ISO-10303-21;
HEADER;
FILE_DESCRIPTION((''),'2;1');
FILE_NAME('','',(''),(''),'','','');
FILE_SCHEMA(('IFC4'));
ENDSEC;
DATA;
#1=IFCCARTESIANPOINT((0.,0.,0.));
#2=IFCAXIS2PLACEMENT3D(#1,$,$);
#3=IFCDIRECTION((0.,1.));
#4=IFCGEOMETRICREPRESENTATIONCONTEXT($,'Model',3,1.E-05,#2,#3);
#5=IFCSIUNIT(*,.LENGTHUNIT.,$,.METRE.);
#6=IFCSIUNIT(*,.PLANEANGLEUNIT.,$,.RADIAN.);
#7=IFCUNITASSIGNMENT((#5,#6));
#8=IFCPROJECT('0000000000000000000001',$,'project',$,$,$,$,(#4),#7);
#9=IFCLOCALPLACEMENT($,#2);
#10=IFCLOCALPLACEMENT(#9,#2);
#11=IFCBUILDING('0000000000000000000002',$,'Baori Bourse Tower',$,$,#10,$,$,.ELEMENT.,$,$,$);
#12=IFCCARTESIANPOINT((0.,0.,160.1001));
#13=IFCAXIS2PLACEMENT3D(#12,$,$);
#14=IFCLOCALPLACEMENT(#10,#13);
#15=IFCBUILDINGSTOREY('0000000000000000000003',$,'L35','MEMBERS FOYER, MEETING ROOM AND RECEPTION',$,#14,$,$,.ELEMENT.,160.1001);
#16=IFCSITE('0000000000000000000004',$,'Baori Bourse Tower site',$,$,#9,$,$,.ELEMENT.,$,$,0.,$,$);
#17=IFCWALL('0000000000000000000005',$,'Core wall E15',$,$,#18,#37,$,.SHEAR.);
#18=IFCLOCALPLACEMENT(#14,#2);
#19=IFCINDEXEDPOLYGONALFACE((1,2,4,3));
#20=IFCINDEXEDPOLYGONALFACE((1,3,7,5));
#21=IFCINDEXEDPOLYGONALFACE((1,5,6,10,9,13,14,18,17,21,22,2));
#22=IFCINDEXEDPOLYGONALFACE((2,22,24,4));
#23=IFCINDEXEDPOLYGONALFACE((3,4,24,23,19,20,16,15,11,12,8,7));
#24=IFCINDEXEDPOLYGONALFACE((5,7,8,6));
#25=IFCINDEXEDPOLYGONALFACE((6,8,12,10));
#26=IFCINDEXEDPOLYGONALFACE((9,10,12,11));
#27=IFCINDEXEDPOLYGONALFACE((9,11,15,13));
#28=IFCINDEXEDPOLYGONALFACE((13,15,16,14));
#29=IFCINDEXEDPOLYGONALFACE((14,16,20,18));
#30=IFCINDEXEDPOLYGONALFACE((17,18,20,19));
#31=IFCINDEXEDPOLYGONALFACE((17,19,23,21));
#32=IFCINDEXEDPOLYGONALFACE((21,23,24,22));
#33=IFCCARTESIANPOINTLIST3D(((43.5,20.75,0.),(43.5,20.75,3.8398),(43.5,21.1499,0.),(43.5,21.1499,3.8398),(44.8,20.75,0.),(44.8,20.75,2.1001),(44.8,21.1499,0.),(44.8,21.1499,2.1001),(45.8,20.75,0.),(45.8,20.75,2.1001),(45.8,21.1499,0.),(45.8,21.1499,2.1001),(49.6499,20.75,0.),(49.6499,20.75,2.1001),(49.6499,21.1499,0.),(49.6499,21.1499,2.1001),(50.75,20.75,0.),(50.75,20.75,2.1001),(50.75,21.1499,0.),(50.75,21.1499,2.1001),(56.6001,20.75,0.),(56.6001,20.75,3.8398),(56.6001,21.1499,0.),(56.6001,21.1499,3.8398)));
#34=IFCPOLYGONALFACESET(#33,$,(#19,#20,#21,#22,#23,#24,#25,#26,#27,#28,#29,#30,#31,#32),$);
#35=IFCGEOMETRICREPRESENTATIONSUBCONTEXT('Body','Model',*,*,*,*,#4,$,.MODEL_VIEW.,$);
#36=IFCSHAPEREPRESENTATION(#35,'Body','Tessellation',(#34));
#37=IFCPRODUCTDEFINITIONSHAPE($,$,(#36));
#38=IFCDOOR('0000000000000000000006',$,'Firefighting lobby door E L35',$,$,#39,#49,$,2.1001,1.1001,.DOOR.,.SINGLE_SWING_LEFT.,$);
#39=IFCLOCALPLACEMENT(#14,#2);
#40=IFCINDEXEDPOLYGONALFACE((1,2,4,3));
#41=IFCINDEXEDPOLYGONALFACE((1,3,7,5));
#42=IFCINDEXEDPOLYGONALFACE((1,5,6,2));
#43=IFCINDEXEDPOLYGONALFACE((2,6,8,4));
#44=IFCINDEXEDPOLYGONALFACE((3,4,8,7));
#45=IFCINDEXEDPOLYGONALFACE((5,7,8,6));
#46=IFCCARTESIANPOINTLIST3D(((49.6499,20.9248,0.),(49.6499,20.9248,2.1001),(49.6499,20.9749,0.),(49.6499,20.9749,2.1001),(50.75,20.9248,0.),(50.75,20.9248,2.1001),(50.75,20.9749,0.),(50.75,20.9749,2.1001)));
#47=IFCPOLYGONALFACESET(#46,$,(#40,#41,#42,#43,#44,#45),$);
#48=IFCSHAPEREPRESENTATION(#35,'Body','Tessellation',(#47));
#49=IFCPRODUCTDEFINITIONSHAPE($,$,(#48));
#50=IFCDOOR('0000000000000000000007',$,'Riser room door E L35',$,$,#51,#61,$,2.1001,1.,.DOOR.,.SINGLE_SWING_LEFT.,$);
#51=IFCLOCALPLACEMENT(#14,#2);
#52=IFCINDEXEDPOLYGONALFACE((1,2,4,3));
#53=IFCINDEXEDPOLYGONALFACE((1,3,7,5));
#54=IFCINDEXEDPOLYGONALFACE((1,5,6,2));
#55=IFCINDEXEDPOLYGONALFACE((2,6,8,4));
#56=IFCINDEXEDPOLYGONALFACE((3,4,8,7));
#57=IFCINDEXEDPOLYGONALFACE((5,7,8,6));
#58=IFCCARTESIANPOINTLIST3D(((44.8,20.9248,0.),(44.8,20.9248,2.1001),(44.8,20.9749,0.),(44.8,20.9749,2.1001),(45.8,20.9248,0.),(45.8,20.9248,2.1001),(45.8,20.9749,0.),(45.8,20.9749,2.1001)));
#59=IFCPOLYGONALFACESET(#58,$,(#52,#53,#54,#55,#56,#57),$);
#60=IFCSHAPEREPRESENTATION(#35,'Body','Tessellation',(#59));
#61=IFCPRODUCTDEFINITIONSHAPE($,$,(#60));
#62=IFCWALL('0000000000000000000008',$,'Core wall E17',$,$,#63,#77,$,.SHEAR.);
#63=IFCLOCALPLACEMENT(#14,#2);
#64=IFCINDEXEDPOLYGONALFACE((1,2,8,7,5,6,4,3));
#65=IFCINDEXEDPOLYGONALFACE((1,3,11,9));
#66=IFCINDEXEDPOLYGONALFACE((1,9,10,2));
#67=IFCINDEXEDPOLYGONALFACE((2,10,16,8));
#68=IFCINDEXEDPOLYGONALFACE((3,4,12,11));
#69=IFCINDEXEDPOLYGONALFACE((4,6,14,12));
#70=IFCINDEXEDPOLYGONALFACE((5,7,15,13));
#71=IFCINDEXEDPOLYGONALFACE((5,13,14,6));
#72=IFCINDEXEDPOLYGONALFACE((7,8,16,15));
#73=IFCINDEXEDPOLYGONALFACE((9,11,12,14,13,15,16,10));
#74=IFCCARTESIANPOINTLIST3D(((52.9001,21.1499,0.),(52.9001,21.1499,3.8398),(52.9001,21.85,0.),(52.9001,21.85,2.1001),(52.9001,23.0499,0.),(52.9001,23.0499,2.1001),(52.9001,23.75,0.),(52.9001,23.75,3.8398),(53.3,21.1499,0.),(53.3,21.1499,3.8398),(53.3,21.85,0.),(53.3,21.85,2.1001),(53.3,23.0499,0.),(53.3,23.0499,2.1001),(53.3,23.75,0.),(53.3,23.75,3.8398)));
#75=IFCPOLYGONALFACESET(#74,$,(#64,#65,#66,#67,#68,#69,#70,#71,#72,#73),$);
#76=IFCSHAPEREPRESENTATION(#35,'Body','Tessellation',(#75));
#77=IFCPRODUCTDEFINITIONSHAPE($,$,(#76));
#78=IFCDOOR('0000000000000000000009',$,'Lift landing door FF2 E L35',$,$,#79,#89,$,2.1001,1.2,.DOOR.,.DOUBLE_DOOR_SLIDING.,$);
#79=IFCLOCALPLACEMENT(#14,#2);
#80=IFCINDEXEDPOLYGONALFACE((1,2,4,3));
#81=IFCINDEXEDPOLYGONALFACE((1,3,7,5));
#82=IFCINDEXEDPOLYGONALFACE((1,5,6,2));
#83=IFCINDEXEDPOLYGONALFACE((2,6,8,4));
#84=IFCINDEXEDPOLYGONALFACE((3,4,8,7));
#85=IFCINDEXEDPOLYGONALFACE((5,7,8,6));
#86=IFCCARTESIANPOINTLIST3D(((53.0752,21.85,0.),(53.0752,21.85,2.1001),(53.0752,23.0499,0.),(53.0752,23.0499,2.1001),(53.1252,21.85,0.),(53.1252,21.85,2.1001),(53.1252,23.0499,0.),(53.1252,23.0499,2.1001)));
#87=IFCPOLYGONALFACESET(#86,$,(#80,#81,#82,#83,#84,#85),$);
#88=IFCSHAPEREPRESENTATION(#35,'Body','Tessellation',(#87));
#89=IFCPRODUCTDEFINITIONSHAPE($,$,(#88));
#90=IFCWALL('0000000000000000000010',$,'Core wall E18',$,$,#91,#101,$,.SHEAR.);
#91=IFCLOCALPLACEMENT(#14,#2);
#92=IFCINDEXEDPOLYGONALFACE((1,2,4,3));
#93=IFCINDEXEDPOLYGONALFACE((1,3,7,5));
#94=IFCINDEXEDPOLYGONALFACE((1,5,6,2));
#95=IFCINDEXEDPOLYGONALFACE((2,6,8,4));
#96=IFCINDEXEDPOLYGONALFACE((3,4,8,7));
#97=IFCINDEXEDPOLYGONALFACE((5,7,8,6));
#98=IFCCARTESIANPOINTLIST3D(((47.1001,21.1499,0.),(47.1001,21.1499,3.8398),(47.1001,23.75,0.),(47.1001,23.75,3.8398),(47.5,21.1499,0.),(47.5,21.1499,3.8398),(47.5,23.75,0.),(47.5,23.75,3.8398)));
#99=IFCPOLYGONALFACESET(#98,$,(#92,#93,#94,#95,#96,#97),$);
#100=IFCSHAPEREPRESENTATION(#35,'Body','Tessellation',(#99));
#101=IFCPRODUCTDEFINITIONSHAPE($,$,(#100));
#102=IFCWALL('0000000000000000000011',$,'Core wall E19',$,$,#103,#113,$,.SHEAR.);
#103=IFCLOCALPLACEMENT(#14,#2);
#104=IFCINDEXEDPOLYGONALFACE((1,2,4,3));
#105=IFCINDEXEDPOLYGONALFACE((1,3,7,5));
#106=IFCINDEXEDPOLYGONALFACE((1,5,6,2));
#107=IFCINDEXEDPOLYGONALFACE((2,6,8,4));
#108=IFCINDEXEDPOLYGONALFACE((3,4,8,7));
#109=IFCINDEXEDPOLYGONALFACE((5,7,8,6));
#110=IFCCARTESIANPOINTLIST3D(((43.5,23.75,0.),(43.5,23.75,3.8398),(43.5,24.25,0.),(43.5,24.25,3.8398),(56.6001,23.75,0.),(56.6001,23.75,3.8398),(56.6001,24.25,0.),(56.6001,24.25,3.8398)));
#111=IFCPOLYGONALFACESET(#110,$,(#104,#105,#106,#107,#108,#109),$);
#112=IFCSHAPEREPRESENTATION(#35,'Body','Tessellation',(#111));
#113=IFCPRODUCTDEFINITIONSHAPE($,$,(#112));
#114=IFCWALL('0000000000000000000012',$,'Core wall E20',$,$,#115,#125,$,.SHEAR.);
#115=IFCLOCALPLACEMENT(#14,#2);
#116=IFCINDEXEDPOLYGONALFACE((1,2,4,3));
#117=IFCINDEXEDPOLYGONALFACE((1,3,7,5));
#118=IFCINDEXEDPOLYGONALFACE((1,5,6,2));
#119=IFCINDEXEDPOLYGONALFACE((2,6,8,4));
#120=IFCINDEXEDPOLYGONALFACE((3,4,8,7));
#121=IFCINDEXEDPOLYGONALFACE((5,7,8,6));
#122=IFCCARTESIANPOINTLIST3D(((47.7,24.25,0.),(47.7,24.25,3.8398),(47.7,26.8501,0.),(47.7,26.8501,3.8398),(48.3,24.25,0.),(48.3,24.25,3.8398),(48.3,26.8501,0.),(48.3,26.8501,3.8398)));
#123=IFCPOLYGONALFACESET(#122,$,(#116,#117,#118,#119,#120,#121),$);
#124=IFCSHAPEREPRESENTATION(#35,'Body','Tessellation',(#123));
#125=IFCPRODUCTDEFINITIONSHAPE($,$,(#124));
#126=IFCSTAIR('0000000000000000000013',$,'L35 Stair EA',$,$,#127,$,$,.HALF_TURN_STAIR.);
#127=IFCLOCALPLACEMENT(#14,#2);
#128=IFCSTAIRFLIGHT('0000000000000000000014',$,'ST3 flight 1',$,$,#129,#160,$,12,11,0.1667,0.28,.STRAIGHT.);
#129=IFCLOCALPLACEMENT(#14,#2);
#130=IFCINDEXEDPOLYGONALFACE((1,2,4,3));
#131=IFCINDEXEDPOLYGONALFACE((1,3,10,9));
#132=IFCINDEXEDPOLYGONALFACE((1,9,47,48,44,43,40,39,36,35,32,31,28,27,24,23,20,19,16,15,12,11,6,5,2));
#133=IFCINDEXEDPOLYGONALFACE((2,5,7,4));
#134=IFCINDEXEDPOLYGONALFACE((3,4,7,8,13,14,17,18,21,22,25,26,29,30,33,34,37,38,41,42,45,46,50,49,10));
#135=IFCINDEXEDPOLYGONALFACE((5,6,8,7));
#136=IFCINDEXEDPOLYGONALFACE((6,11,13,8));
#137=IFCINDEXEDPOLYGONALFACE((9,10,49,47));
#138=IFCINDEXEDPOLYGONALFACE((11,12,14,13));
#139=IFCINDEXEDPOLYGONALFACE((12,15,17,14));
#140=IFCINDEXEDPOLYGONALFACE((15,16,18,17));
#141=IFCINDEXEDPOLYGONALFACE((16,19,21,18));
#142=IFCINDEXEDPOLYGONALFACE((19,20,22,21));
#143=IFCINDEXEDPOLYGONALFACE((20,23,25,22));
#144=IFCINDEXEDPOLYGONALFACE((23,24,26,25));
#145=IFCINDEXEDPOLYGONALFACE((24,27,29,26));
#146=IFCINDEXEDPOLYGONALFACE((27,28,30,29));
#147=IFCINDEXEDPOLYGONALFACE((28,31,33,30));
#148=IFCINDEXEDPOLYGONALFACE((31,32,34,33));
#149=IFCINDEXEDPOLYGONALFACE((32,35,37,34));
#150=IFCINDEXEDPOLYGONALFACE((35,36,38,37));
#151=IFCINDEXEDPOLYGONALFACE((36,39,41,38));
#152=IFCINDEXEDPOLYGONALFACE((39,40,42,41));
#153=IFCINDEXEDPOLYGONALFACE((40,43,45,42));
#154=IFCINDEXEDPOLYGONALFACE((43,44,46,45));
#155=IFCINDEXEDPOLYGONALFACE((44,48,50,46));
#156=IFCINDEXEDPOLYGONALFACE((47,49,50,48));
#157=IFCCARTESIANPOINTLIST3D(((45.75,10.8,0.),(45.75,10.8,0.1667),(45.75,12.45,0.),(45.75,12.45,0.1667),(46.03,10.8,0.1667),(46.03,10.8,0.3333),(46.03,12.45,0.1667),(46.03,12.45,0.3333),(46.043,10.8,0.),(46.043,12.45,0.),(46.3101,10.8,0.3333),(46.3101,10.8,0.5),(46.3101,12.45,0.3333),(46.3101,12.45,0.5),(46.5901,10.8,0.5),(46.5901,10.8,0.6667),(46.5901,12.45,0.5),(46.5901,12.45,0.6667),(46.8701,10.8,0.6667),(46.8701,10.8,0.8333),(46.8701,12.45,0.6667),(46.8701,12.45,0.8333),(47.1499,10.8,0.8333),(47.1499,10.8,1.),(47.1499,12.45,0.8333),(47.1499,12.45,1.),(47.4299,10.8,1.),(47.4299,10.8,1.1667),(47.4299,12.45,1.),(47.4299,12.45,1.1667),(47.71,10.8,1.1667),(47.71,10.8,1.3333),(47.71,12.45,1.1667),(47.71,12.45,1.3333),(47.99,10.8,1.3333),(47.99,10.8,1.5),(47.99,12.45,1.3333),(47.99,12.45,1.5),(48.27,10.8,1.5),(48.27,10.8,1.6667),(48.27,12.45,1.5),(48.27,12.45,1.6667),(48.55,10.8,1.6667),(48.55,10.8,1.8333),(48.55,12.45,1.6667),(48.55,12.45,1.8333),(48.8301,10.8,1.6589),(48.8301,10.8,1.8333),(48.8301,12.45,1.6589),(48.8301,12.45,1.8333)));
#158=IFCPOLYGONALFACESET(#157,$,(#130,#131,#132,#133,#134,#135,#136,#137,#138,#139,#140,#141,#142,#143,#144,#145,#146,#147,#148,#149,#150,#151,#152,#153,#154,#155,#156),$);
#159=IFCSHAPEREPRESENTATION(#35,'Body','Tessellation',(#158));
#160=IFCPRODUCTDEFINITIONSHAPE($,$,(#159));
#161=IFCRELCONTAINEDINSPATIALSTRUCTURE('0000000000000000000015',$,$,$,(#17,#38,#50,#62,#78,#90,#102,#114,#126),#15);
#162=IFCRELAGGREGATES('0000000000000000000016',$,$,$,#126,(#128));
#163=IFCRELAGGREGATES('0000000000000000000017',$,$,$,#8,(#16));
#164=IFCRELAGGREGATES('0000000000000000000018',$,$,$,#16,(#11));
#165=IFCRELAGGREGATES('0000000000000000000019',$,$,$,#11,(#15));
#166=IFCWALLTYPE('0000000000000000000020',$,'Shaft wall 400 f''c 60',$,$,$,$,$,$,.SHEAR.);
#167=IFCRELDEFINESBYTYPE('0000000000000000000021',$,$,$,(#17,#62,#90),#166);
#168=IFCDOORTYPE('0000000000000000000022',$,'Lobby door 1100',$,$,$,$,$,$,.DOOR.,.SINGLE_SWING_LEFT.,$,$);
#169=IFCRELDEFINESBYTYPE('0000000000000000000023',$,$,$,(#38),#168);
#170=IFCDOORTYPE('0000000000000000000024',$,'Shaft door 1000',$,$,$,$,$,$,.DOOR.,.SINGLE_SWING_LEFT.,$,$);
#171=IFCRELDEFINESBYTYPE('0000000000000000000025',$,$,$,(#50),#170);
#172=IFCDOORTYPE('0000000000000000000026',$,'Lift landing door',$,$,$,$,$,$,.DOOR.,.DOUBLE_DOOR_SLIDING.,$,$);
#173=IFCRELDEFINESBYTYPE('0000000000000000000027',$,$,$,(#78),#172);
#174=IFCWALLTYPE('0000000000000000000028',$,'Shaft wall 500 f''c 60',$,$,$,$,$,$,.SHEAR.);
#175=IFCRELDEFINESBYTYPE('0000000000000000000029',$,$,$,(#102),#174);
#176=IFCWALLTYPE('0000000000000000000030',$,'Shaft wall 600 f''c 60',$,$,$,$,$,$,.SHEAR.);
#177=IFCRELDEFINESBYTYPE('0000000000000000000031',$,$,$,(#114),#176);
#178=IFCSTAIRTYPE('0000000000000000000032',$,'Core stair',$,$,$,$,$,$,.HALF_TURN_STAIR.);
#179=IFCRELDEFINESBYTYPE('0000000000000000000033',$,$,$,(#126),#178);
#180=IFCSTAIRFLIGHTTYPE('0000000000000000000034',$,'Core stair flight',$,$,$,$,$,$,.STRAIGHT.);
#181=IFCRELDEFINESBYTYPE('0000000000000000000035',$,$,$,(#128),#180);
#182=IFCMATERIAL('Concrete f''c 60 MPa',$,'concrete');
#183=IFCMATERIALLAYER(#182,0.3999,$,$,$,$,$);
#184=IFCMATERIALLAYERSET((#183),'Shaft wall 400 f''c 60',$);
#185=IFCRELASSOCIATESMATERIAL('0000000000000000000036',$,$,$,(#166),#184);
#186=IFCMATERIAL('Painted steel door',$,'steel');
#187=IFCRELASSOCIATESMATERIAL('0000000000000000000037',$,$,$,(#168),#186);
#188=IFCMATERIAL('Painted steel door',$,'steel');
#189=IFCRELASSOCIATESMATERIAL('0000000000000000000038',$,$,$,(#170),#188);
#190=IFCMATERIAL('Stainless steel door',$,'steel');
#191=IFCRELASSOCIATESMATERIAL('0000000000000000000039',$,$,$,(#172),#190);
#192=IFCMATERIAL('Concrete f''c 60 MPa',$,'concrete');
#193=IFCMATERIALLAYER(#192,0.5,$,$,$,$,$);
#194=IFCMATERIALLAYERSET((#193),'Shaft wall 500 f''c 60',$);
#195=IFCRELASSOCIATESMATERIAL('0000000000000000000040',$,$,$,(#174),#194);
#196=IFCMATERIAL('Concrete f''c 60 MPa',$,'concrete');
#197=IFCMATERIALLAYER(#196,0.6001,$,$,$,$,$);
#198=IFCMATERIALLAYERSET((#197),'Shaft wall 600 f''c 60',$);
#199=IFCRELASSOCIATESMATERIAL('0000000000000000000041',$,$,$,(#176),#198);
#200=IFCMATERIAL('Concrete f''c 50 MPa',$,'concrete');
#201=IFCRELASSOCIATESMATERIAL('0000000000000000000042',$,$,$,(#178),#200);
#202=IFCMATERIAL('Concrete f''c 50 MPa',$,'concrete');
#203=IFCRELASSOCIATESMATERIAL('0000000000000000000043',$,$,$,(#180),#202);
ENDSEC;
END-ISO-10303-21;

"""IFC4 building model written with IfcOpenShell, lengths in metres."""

from ifc_helpers import new_model, si_unit, direction, frame, frame_2d, origin, place, context, subcontext, project, spatial, polyline, rectangle, outline, extrude, material, layer, layer_set, type_object, element, fill, aggregate, save


model = new_model("IFC4")

# Units and contexts
model_context = context("Model", 3, precision=1e-05, world=origin(), true_north=direction((0.0, 1.0)))
body_context = subcontext(model_context, "Body", "Model", "MODEL_VIEW")
ifc_project = project(units=[si_unit("LENGTHUNIT", "METRE"), si_unit("PLANEANGLEUNIT", "RADIAN")], contexts=[model_context])

# Site, building, storey
site_placement = place(None, origin())
site = spatial("IfcSite", under=ifc_project, at=site_placement, Name="Baori Bourse Tower site", CompositionType="ELEMENT", RefElevation=0.0)
building_placement = place(site_placement, origin())
building = spatial("IfcBuilding", under=site, at=building_placement, Name="Baori Bourse Tower", CompositionType="ELEMENT")
storey_placement = place(building_placement, frame((0.0, 0.0, 160.1001)))
storey = spatial("IfcBuildingStorey", under=building, at=storey_placement, Name="L35", Description="MEMBERS FOYER, MEETING ROOM AND RECEPTION", CompositionType="ELEMENT", Elevation=160.1001)

# Wall, openings, doors
ifc_material_1 = material(Name="Concrete f'c 60 MPa", Category="concrete")
ifc_layer_1 = layer(ifc_material_1, 0.3999)
ifc_layer_set_1 = layer_set([ifc_layer_1], Name="Shaft wall 400 f'c 60")
wall_type_1 = type_object("IfcWallType", Name="Shaft wall 400 f'c 60", PredefinedType="SHEAR", material=ifc_layer_set_1)
wall_1_placement = place(storey_placement, frame((43.5, 20.95, 0.0), z_axis=(0.0, 0.0, 1.0), x_axis=(1.0, 0.0, 0.0)))
wall_1 = element("IfcWall", 1, at=wall_1_placement, inside=storey, type_object=wall_type_1, Name="Core wall E15", PredefinedType="SHEAR", context=body_context, shape_type="SweptSolid", body=[
    extrude(rectangle(XDim=13.1001, YDim=0.3999, at=frame_2d((6.55, 0.0))), origin(), (0.0, 0.0, 1.0), 3.8398),
])
opening_1_placement = place(wall_1_placement, frame((6.1499, 0.0, 0.0)))
opening_1 = element("IfcOpeningElement", 2, at=opening_1_placement, cuts=wall_1, PredefinedType="OPENING", context=body_context, shape_type="SweptSolid", body=[
    extrude(rectangle(XDim=1.1001, YDim=2.1001, at=frame_2d((0.55, 1.05))), frame((0.0, 0.21, 0.0), z_axis=(0.0, -1.0, 0.0), x_axis=(1.0, 0.0, 0.0)), (0.0, 0.0, 1.0), 0.4199),
])
opening_2_placement = place(wall_1_placement, frame((1.3, 0.0, 0.0)))
opening_2 = element("IfcOpeningElement", 3, at=opening_2_placement, cuts=wall_1, PredefinedType="OPENING", context=body_context, shape_type="SweptSolid", body=[
    extrude(rectangle(XDim=1.0, YDim=2.1001, at=frame_2d((0.5, 1.05))), frame((0.0, 0.21, 0.0), z_axis=(0.0, -1.0, 0.0), x_axis=(1.0, 0.0, 0.0)), (0.0, 0.0, 1.0), 0.4199),
])
ifc_material_2 = material(Name="Painted steel door", Category="steel")
door_type_1 = type_object("IfcDoorType", Name="Lobby door 1100", OperationType="SINGLE_SWING_LEFT", PredefinedType="DOOR", material=ifc_material_2)
door_1_placement = place(opening_1_placement, origin())
door_1 = element("IfcDoor", 4, at=door_1_placement, inside=storey, type_object=door_type_1, Name="Firefighting lobby door E L35", OperationType="SINGLE_SWING_LEFT", OverallHeight=2.1001, OverallWidth=1.1001, PredefinedType="DOOR", context=body_context, shape_type="SweptSolid", body=[
    extrude(rectangle(XDim=1.1001, YDim=2.1001, at=frame_2d((0.55, 1.05))), frame((0.0, 0.0249, 0.0), z_axis=(0.0, -1.0, 0.0), x_axis=(1.0, 0.0, 0.0)), (0.0, 0.0, 1.0), 0.05),
])
fill(opening_1, door_1)
ifc_material_3 = material(Name="Painted steel door", Category="steel")
door_type_2 = type_object("IfcDoorType", Name="Shaft door 1000", OperationType="SINGLE_SWING_LEFT", PredefinedType="DOOR", material=ifc_material_3)
door_2_placement = place(opening_2_placement, origin())
door_2 = element("IfcDoor", 5, at=door_2_placement, inside=storey, type_object=door_type_2, Name="Riser room door E L35", OperationType="SINGLE_SWING_LEFT", OverallHeight=2.1001, OverallWidth=1.0, PredefinedType="DOOR", context=body_context, shape_type="SweptSolid", body=[
    extrude(rectangle(XDim=1.0, YDim=2.1001, at=frame_2d((0.5, 1.05))), frame((0.0, 0.0249, 0.0), z_axis=(0.0, -1.0, 0.0), x_axis=(1.0, 0.0, 0.0)), (0.0, 0.0, 1.0), 0.05),
])
fill(opening_2, door_2)

# Wall, opening, door
wall_2_placement = place(storey_placement, frame((53.1001, 21.1499, 0.0), z_axis=(0.0, 0.0, 1.0), x_axis=(0.0, 1.0, 0.0)))
wall_2 = element("IfcWall", 6, at=wall_2_placement, inside=storey, type_object=wall_type_1, Name="Core wall E17", PredefinedType="SHEAR", context=body_context, shape_type="SweptSolid", body=[
    extrude(rectangle(XDim=2.6001, YDim=0.3999, at=frame_2d((1.3, 0.0))), origin(), (0.0, 0.0, 1.0), 3.8398),
])
opening_3_placement = place(wall_2_placement, frame((0.7, 0.0, 0.0)))
opening_3 = element("IfcOpeningElement", 7, at=opening_3_placement, cuts=wall_2, PredefinedType="OPENING", context=body_context, shape_type="SweptSolid", body=[
    extrude(rectangle(XDim=1.2, YDim=2.1001, at=frame_2d((0.6001, 1.05))), frame((0.0, 0.21, 0.0), z_axis=(0.0, -1.0, 0.0), x_axis=(1.0, 0.0, 0.0)), (0.0, 0.0, 1.0), 0.4199),
])
ifc_material_4 = material(Name="Stainless steel door", Category="steel")
door_type_3 = type_object("IfcDoorType", Name="Lift landing door", OperationType="DOUBLE_DOOR_SLIDING", PredefinedType="DOOR", material=ifc_material_4)
door_3_placement = place(opening_3_placement, origin())
door_3 = element("IfcDoor", 8, at=door_3_placement, inside=storey, type_object=door_type_3, Name="Lift landing door FF2 E L35", OperationType="DOUBLE_DOOR_SLIDING", OverallHeight=2.1001, OverallWidth=1.2, PredefinedType="DOOR", context=body_context, shape_type="SweptSolid", body=[
    extrude(rectangle(XDim=1.2, YDim=2.1001, at=frame_2d((0.6001, 1.05))), frame((0.0, 0.0249, 0.0), z_axis=(0.0, -1.0, 0.0), x_axis=(1.0, 0.0, 0.0)), (0.0, 0.0, 1.0), 0.05),
])
fill(opening_3, door_3)

# Walls
wall_3_placement = place(storey_placement, frame((47.3, 21.1499, 0.0), z_axis=(0.0, 0.0, 1.0), x_axis=(0.0, 1.0, 0.0)))
element("IfcWall", 9, at=wall_3_placement, inside=storey, type_object=wall_type_1, Name="Core wall E18", PredefinedType="SHEAR", context=body_context, shape_type="SweptSolid", body=[
    extrude(rectangle(XDim=2.6001, YDim=0.3999, at=frame_2d((1.3, 0.0))), origin(), (0.0, 0.0, 1.0), 3.8398),
])
ifc_material_5 = material(Name="Concrete f'c 60 MPa", Category="concrete")
ifc_layer_2 = layer(ifc_material_5, 0.5)
ifc_layer_set_2 = layer_set([ifc_layer_2], Name="Shaft wall 500 f'c 60")
wall_type_2 = type_object("IfcWallType", Name="Shaft wall 500 f'c 60", PredefinedType="SHEAR", material=ifc_layer_set_2)
wall_4_placement = place(storey_placement, frame((43.5, 24.0, 0.0), z_axis=(0.0, 0.0, 1.0), x_axis=(1.0, 0.0, 0.0)))
element("IfcWall", 10, at=wall_4_placement, inside=storey, type_object=wall_type_2, Name="Core wall E19", PredefinedType="SHEAR", context=body_context, shape_type="SweptSolid", body=[
    extrude(rectangle(XDim=13.1001, YDim=0.5, at=frame_2d((6.55, 0.0))), origin(), (0.0, 0.0, 1.0), 3.8398),
])
ifc_material_6 = material(Name="Concrete f'c 60 MPa", Category="concrete")
ifc_layer_3 = layer(ifc_material_6, 0.6001)
ifc_layer_set_3 = layer_set([ifc_layer_3], Name="Shaft wall 600 f'c 60")
wall_type_3 = type_object("IfcWallType", Name="Shaft wall 600 f'c 60", PredefinedType="SHEAR", material=ifc_layer_set_3)
wall_5_placement = place(storey_placement, frame((48.0, 24.25, 0.0), z_axis=(0.0, 0.0, 1.0), x_axis=(0.0, 1.0, 0.0)))
element("IfcWall", 11, at=wall_5_placement, inside=storey, type_object=wall_type_3, Name="Core wall E20", PredefinedType="SHEAR", context=body_context, shape_type="SweptSolid", body=[
    extrude(rectangle(XDim=2.6001, YDim=0.6001, at=frame_2d((1.3, 0.0))), origin(), (0.0, 0.0, 1.0), 3.8398),
])

# Stair, stair flight
ifc_material_7 = material(Name="Concrete f'c 50 MPa", Category="concrete")
stair_type = type_object("IfcStairType", Name="Core stair", PredefinedType="HALF_TURN_STAIR", material=ifc_material_7)
stair_placement = place(storey_placement, origin())
stair = element("IfcStair", 12, at=stair_placement, inside=storey, type_object=stair_type, Name="L35 Stair EA", PredefinedType="HALF_TURN_STAIR")
ifc_material_8 = material(Name="Concrete f'c 50 MPa", Category="concrete")
stair_flight_type = type_object("IfcStairFlightType", Name="Core stair flight", PredefinedType="STRAIGHT", material=ifc_material_8)
stair_flight_1_placement = place(storey_placement, frame((45.75, 11.625, 0.0), z_axis=(0.0, 0.0, 1.0), x_axis=(1.0, 0.0, 0.0)))
stair_flight_1 = element("IfcStairFlight", 13, at=stair_flight_1_placement, type_object=stair_flight_type, Name="ST3 flight 1", NumberOfRisers=12, NumberOfTreads=11, PredefinedType="STRAIGHT", RiserHeight=0.1667, TreadLength=0.28, context=body_context, shape_type="SweptSolid", body=[
    extrude(outline(polyline([(0.0, 0.0), (0.0, 0.1667), (0.28, 0.1667), (0.28, 0.3333), (0.5601, 0.3333), (0.5601, 0.5), (0.8401, 0.5), (0.8401, 0.6667), (1.1201, 0.6667), (1.1201, 0.8333), (1.3999, 0.8333), (1.3999, 1.0), (1.6799, 1.0), (1.6799, 1.1667), (1.96, 1.1667), (1.96, 1.3333), (2.24, 1.3333), (2.24, 1.5), (2.52, 1.5), (2.52, 1.6667), (2.8, 1.6667), (2.8, 1.8333), (3.0801, 1.8333), (3.0801, 2.0), (3.0801, 1.6589), (0.293, 0.0), (0.0, 0.0)])), frame((0.0, 0.825, 0.0), z_axis=(0.0, -1.0, 0.0), x_axis=(1.0, 0.0, 0.0)), (0.0, 0.0, 1.0), 1.6499),
])
aggregate(stair, [stair_flight_1])

save(model, "model.ifc")
